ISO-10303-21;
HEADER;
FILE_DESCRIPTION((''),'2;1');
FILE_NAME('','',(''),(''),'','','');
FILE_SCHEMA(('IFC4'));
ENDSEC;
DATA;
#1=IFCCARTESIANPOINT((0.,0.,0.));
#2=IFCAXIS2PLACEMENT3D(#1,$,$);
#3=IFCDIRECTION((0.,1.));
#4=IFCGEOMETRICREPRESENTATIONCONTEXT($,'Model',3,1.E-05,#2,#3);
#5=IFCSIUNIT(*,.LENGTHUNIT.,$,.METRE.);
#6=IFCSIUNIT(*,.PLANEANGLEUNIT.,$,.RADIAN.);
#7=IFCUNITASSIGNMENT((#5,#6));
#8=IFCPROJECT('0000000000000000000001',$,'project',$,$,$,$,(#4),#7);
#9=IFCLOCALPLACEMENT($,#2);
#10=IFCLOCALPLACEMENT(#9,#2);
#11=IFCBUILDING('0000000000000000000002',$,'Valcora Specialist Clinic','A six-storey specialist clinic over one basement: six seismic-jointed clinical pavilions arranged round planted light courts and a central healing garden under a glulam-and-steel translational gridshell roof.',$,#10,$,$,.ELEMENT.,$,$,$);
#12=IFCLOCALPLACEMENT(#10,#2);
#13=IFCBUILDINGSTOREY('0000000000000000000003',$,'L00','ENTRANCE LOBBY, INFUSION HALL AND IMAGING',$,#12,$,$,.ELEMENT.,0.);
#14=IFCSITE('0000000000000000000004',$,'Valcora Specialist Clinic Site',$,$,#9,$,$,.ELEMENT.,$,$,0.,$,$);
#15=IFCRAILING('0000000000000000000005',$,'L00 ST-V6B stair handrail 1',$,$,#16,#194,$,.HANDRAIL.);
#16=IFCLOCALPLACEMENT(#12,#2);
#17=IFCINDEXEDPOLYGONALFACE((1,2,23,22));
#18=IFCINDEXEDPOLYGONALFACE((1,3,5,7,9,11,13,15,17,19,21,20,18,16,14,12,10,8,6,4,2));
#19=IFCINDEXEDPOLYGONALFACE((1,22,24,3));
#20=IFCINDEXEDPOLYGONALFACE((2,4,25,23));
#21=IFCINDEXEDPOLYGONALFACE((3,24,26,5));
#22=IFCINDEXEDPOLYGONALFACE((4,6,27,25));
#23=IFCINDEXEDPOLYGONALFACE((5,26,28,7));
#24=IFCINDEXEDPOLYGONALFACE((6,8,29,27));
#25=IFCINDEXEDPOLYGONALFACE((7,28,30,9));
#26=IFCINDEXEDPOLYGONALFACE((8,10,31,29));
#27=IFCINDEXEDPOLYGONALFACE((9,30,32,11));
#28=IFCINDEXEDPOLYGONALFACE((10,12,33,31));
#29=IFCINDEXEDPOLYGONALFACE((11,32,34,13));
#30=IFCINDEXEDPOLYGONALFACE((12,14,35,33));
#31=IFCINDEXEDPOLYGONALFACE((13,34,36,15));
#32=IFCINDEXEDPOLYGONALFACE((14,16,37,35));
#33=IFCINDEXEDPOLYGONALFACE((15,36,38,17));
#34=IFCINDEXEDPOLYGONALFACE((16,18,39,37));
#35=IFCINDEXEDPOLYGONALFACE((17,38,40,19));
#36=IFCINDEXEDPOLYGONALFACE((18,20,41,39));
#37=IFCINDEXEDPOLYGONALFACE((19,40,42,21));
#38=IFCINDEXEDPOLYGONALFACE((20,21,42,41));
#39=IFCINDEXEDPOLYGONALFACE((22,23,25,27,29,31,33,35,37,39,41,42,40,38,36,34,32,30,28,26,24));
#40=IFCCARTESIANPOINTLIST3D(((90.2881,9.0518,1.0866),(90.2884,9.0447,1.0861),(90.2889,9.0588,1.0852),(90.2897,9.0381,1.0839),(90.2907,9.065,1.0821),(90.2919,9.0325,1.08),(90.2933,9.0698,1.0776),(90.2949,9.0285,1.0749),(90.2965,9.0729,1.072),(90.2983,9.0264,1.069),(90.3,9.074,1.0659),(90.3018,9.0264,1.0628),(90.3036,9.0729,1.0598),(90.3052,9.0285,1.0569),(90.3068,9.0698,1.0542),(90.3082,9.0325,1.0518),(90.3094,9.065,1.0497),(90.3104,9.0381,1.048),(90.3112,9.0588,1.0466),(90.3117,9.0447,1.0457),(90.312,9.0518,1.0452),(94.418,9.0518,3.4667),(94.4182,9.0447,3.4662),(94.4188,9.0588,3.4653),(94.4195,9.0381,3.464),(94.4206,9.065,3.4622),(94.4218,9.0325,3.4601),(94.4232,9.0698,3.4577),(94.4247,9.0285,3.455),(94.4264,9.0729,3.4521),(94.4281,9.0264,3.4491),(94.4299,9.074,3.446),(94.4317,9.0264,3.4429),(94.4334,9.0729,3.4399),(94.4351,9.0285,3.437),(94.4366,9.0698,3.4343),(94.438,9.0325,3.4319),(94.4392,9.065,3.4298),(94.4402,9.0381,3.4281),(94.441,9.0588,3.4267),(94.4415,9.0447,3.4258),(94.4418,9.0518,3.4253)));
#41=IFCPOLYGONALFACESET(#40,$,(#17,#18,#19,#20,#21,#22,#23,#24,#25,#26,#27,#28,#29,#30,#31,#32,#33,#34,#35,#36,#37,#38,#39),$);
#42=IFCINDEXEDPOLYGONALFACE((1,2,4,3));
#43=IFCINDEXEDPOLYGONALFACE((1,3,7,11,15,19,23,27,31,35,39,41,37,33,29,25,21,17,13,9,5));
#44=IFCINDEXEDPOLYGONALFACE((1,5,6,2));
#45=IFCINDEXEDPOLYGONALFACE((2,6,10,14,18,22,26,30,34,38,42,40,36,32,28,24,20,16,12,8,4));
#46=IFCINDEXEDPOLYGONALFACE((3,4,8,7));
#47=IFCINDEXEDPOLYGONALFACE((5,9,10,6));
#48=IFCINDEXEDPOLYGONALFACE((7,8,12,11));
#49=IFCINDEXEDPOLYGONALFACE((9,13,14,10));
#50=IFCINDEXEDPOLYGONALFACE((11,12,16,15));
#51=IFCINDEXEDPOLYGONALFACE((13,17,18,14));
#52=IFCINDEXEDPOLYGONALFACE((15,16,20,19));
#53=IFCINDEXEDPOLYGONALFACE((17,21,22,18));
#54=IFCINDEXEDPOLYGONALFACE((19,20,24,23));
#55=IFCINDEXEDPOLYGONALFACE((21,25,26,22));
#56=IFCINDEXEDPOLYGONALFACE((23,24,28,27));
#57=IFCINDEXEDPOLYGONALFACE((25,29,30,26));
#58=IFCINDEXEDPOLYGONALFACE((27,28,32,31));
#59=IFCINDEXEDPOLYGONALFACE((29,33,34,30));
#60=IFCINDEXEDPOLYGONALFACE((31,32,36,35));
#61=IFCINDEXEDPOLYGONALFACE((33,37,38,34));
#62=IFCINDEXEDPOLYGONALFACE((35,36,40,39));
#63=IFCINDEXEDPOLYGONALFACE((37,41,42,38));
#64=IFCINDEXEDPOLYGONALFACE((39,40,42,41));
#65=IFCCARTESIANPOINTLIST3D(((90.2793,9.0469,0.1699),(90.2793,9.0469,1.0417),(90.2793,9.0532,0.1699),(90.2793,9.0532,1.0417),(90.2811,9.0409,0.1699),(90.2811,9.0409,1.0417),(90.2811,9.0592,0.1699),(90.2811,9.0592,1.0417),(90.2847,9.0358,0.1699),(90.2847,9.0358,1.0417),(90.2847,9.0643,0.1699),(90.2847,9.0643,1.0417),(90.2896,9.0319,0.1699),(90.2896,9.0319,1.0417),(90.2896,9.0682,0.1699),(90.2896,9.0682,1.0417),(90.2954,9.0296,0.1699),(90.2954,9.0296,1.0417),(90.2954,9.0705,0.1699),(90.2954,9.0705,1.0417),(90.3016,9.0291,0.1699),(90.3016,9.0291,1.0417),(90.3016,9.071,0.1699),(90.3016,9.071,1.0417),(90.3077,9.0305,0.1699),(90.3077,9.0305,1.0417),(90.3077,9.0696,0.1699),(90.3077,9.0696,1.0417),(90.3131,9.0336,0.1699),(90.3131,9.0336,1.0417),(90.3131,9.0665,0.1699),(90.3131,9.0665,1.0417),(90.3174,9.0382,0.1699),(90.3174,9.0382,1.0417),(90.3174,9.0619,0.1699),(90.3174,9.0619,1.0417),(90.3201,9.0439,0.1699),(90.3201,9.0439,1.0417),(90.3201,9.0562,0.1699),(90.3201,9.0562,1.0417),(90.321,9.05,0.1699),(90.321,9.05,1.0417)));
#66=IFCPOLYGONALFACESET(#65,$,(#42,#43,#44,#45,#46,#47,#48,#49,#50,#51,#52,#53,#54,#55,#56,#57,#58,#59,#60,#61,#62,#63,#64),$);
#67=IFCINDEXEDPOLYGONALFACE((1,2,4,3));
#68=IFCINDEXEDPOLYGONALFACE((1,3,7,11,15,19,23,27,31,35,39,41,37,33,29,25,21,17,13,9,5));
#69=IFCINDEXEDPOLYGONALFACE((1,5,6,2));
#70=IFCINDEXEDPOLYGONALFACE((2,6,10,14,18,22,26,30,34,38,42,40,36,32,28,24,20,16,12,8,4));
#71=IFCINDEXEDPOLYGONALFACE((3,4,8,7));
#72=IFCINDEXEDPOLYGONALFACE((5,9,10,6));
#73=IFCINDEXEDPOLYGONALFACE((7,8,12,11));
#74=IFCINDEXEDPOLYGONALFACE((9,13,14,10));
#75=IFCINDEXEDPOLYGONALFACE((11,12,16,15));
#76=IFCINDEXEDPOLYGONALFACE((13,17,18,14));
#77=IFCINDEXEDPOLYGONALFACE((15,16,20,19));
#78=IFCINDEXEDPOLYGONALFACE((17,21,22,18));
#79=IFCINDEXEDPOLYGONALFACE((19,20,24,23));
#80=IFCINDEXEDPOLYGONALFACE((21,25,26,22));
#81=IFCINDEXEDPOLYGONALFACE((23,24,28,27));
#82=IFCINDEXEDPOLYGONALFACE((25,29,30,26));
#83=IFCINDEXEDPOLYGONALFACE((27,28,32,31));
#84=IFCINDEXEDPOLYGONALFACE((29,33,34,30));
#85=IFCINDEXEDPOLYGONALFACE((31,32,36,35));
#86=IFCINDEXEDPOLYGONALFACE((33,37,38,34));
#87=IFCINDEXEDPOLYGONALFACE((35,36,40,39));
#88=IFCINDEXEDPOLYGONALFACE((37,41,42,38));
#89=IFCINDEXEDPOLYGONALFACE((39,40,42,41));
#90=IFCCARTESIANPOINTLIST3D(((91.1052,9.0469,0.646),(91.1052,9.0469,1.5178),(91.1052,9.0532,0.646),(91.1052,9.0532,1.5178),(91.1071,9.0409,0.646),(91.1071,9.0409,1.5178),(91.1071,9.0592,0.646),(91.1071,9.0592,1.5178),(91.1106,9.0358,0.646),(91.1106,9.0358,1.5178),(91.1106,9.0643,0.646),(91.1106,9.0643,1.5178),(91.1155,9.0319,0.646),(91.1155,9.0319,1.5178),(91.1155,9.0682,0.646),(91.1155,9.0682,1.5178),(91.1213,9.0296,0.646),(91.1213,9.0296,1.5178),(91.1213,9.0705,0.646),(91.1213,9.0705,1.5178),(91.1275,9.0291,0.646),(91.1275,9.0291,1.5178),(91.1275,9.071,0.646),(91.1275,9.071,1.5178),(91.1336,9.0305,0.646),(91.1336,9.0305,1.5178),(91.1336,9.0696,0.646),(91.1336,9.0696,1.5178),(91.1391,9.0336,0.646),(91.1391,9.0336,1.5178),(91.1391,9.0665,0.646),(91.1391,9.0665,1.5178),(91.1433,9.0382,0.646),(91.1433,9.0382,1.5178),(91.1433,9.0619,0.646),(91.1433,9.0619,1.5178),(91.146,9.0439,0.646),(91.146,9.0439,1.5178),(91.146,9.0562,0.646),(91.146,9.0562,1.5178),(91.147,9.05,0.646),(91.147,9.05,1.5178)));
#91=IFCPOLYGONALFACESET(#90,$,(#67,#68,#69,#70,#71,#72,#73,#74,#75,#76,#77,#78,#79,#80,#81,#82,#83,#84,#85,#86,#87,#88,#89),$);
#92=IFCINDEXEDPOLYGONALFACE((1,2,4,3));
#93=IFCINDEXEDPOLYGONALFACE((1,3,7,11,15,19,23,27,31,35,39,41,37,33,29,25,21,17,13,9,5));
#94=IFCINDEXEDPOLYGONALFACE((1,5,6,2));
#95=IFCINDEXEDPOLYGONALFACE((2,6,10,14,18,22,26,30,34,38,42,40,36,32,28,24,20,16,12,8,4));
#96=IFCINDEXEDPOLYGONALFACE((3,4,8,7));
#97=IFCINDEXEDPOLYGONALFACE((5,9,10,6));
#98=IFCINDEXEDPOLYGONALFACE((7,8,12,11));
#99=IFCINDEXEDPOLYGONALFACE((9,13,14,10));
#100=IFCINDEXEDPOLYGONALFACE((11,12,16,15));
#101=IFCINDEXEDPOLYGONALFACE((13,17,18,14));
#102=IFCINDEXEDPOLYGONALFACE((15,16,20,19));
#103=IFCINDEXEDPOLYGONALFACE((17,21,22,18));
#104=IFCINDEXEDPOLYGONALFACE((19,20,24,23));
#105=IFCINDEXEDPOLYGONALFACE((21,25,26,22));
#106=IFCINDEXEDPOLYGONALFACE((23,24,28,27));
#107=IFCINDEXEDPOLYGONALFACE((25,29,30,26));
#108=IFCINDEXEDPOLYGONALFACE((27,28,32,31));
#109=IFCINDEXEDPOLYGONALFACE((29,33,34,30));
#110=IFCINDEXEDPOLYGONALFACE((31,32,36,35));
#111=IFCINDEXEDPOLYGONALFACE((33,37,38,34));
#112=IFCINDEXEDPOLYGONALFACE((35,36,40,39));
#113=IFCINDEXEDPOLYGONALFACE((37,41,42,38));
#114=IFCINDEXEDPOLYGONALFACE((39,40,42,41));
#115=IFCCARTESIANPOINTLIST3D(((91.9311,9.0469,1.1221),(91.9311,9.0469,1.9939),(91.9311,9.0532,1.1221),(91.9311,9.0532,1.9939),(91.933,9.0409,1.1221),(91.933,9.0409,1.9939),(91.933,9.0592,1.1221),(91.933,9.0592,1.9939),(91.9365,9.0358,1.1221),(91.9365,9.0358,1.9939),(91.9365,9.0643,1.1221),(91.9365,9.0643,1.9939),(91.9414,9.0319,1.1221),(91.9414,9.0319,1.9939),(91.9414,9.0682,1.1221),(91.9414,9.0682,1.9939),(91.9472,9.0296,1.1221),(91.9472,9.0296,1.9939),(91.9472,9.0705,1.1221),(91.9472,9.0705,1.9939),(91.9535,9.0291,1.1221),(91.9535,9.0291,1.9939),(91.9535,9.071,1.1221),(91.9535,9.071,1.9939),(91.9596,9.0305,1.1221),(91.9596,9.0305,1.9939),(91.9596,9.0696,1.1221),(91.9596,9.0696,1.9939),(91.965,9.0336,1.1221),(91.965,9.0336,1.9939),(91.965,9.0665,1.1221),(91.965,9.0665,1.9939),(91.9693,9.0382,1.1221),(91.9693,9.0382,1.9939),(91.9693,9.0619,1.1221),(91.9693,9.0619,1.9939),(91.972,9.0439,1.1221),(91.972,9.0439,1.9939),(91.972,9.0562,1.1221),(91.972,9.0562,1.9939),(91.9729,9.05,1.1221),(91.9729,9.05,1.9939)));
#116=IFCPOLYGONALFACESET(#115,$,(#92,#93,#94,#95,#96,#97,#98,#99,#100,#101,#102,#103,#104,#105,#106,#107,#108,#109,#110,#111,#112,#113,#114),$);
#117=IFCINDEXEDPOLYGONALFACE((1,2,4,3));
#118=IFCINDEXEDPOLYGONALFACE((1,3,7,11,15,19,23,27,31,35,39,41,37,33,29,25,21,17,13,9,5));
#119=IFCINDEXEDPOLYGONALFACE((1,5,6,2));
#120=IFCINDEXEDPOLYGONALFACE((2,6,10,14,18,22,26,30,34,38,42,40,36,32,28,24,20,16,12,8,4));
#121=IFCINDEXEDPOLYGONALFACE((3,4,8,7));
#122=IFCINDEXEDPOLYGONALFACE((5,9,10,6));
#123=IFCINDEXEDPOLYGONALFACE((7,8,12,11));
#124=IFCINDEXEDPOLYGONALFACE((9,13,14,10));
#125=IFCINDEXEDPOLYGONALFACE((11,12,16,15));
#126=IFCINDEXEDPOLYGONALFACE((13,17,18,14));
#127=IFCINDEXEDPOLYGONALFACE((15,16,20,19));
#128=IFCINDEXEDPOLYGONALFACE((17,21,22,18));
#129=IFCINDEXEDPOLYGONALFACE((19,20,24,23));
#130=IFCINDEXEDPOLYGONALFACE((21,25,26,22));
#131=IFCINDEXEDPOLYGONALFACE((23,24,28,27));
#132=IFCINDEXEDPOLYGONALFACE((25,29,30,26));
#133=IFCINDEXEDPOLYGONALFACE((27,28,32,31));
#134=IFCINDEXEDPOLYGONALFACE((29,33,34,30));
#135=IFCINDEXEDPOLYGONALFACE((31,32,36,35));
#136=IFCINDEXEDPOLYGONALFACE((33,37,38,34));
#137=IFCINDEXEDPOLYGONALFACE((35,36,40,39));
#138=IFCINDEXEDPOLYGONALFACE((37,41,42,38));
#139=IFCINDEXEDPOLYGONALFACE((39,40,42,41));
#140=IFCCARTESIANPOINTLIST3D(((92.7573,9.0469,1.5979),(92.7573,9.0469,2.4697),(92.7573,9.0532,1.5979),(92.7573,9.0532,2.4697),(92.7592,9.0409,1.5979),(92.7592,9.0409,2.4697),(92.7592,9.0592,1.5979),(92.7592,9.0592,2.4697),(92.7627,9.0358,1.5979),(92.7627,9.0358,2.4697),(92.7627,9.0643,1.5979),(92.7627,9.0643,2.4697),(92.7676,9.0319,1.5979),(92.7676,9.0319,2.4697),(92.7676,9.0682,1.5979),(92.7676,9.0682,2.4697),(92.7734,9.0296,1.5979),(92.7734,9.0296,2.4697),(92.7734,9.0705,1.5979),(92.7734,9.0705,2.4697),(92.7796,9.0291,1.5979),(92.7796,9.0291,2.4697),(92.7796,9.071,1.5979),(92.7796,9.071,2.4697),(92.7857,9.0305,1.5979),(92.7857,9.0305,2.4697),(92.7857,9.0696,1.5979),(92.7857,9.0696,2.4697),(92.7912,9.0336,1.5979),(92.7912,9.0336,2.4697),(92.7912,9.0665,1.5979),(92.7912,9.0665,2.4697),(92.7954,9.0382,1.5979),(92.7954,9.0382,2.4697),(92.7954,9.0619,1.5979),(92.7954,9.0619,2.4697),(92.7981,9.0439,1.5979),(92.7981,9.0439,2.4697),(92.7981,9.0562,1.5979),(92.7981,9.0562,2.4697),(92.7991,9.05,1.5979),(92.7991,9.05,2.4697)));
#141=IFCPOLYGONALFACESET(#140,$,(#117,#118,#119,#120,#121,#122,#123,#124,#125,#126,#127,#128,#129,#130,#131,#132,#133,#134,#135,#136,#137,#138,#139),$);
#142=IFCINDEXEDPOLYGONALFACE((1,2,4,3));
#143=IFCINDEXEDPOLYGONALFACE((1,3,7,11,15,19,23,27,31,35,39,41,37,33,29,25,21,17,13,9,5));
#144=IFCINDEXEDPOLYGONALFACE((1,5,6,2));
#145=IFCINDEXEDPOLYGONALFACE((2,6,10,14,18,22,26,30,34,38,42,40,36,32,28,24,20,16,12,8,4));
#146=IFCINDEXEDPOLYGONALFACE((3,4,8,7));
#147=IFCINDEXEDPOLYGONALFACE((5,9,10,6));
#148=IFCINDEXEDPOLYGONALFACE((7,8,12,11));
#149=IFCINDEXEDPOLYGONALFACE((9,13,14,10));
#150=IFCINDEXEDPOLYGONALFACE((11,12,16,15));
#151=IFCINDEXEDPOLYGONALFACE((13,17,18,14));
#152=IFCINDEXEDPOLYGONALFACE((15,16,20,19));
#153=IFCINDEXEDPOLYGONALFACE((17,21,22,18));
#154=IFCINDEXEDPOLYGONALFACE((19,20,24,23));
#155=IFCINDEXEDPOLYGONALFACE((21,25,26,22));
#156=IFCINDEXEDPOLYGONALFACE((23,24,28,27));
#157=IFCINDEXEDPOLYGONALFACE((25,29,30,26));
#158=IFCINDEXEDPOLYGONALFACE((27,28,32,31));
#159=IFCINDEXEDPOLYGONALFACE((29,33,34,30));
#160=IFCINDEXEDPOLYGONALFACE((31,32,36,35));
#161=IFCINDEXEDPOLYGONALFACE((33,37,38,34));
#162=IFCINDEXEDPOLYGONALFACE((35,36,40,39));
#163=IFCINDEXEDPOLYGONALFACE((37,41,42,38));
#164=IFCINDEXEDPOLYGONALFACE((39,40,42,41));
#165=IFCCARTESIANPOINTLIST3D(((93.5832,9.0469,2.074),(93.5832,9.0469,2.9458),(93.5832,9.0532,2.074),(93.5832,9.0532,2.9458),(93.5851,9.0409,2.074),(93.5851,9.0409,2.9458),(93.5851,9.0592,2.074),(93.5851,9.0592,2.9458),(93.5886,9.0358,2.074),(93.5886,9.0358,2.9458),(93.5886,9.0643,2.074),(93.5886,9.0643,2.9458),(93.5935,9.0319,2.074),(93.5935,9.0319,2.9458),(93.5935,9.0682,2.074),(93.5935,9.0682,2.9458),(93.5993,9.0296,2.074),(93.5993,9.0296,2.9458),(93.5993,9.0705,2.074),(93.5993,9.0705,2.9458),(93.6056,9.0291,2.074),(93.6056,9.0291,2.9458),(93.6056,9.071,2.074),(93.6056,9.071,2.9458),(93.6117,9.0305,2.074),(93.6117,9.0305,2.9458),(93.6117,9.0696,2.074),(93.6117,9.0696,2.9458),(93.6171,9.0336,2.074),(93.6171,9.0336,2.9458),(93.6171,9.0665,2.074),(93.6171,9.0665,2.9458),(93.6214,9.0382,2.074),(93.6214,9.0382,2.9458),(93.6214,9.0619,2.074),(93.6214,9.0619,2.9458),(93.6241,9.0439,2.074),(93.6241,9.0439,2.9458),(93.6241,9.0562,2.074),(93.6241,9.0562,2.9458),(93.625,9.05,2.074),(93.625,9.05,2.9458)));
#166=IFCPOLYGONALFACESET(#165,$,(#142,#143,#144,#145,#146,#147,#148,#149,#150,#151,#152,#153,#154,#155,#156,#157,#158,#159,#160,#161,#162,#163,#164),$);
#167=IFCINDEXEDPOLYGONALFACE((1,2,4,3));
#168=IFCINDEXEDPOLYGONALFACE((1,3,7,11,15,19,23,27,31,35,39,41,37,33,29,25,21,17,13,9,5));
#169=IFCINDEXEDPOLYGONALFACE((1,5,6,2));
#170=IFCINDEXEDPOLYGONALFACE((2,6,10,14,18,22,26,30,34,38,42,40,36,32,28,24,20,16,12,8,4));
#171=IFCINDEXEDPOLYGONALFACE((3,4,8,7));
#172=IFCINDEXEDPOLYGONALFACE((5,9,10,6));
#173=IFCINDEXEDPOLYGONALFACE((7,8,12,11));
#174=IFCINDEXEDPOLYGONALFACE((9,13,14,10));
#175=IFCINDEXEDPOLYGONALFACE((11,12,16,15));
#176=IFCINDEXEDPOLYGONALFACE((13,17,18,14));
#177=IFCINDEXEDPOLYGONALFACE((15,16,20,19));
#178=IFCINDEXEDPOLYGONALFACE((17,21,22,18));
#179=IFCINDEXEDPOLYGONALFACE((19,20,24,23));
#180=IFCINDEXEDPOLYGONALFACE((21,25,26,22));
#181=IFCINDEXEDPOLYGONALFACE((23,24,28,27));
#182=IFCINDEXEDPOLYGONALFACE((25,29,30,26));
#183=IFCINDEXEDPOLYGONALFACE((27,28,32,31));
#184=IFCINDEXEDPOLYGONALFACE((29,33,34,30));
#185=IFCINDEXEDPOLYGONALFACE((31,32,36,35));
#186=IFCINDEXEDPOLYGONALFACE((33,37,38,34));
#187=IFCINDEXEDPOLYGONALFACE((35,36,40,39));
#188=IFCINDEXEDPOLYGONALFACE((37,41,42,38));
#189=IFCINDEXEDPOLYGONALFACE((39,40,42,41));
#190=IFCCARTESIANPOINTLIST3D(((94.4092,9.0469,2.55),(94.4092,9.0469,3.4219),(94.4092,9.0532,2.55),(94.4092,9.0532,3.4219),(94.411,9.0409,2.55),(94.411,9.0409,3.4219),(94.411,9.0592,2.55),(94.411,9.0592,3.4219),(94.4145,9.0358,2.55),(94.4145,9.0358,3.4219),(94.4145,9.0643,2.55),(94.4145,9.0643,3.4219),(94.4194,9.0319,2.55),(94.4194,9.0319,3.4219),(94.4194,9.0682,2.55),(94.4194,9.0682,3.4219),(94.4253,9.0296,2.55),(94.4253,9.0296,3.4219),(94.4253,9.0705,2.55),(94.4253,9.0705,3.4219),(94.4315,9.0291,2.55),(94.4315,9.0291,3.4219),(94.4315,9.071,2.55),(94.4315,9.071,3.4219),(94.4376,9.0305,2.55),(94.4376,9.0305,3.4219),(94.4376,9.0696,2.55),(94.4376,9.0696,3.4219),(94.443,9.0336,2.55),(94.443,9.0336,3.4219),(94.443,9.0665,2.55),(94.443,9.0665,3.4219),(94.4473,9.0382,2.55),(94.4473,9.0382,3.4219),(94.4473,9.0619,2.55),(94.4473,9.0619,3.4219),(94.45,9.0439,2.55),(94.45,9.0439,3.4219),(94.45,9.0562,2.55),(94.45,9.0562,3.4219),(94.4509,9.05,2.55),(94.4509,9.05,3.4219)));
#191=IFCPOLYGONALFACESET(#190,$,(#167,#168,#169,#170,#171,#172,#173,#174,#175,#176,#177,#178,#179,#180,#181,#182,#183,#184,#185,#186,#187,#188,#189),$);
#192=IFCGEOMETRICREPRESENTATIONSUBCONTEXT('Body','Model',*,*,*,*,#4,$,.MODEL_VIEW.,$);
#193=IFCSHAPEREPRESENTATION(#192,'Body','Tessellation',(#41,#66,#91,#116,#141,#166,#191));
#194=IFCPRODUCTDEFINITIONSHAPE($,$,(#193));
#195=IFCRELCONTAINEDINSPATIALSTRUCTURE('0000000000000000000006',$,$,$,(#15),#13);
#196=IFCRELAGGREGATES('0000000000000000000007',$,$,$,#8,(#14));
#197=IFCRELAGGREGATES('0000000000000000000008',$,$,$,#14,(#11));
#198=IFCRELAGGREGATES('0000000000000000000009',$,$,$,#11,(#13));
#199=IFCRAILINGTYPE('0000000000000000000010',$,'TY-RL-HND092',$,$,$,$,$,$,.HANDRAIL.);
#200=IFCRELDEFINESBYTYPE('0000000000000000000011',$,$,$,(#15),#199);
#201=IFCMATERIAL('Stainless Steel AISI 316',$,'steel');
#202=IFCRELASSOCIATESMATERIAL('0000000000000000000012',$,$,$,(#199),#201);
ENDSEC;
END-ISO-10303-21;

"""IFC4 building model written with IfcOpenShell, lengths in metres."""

from ifc_helpers import new_model, si_unit, direction, frame, origin, origin_2d, place, context, subcontext, project, spatial, circle, extrude, material, type_object, element, save


model = new_model("IFC4")

# Units and contexts
model_context = context("Model", 3, precision=1e-05, world=origin(), true_north=direction((0.0, 1.0)))
body_context = subcontext(model_context, "Body", "Model", "MODEL_VIEW")
ifc_project = project(units=[si_unit("LENGTHUNIT", "METRE"), si_unit("PLANEANGLEUNIT", "RADIAN")], contexts=[model_context])

# Site, building, storey
site_placement = place(None, origin())
site = spatial("IfcSite", under=ifc_project, at=site_placement, Name="Valcora Specialist Clinic Site", CompositionType="ELEMENT", RefElevation=0.0)
building_placement = place(site_placement, origin())
building = spatial("IfcBuilding", under=site, at=building_placement, Name="Valcora Specialist Clinic", Description="A six-storey specialist clinic over one basement: six seismic-jointed clinical pavilions arranged round planted light courts and a central healing garden under a glulam-and-steel translational gridshell roof.", CompositionType="ELEMENT")
storey_placement = place(building_placement, origin())
storey = spatial("IfcBuildingStorey", under=building, at=storey_placement, Name="L00", Description="ENTRANCE LOBBY, INFUSION HALL AND IMAGING", CompositionType="ELEMENT", Elevation=0.0)

# Shared definitions
ifc_material_1 = material(Name="Stainless Steel AISI 316", Category="steel")

# Railing
railing_type_1 = type_object("IfcRailingType", Name="TY-RL-HND092", PredefinedType="HANDRAIL", material=ifc_material_1)
railing_1_placement = place(storey_placement, frame((90.3, 9.05, 0.1699)))
element("IfcRailing", 1, at=railing_1_placement, inside=storey, type_object=railing_type_1, Name="L00 ST-V6B stair handrail 1", PredefinedType="HANDRAIL", context=body_context, shape_type="SweptSolid", body=[
    extrude(circle(Radius=0.0239, at=origin_2d()), frame((0.0, 0.0, 0.896), z_axis=(0.866412, 0.0, 0.499329), x_axis=(0.0, 1.0, 0.0)), (0.0, 0.0, 1.0), 4.7666),
    extrude(circle(Radius=0.021, at=origin_2d()), origin(), (0.0, 0.0, 1.0), 0.8718),
    extrude(circle(Radius=0.021, at=origin_2d()), frame((0.8259, 0.0, 0.4761)), (0.0, 0.0, 1.0), 0.8718),
    extrude(circle(Radius=0.021, at=origin_2d()), frame((1.6519, 0.0, 0.9521)), (0.0, 0.0, 1.0), 0.8718),
    extrude(circle(Radius=0.021, at=origin_2d()), frame((2.478, 0.0, 1.428)), (0.0, 0.0, 1.0), 0.8718),
    extrude(circle(Radius=0.021, at=origin_2d()), frame((3.304, 0.0, 1.9041)), (0.0, 0.0, 1.0), 0.8718),
    extrude(circle(Radius=0.021, at=origin_2d()), frame((4.1299, 0.0, 2.3801)), (0.0, 0.0, 1.0), 0.8718),
])

save(model, "model.ifc")
